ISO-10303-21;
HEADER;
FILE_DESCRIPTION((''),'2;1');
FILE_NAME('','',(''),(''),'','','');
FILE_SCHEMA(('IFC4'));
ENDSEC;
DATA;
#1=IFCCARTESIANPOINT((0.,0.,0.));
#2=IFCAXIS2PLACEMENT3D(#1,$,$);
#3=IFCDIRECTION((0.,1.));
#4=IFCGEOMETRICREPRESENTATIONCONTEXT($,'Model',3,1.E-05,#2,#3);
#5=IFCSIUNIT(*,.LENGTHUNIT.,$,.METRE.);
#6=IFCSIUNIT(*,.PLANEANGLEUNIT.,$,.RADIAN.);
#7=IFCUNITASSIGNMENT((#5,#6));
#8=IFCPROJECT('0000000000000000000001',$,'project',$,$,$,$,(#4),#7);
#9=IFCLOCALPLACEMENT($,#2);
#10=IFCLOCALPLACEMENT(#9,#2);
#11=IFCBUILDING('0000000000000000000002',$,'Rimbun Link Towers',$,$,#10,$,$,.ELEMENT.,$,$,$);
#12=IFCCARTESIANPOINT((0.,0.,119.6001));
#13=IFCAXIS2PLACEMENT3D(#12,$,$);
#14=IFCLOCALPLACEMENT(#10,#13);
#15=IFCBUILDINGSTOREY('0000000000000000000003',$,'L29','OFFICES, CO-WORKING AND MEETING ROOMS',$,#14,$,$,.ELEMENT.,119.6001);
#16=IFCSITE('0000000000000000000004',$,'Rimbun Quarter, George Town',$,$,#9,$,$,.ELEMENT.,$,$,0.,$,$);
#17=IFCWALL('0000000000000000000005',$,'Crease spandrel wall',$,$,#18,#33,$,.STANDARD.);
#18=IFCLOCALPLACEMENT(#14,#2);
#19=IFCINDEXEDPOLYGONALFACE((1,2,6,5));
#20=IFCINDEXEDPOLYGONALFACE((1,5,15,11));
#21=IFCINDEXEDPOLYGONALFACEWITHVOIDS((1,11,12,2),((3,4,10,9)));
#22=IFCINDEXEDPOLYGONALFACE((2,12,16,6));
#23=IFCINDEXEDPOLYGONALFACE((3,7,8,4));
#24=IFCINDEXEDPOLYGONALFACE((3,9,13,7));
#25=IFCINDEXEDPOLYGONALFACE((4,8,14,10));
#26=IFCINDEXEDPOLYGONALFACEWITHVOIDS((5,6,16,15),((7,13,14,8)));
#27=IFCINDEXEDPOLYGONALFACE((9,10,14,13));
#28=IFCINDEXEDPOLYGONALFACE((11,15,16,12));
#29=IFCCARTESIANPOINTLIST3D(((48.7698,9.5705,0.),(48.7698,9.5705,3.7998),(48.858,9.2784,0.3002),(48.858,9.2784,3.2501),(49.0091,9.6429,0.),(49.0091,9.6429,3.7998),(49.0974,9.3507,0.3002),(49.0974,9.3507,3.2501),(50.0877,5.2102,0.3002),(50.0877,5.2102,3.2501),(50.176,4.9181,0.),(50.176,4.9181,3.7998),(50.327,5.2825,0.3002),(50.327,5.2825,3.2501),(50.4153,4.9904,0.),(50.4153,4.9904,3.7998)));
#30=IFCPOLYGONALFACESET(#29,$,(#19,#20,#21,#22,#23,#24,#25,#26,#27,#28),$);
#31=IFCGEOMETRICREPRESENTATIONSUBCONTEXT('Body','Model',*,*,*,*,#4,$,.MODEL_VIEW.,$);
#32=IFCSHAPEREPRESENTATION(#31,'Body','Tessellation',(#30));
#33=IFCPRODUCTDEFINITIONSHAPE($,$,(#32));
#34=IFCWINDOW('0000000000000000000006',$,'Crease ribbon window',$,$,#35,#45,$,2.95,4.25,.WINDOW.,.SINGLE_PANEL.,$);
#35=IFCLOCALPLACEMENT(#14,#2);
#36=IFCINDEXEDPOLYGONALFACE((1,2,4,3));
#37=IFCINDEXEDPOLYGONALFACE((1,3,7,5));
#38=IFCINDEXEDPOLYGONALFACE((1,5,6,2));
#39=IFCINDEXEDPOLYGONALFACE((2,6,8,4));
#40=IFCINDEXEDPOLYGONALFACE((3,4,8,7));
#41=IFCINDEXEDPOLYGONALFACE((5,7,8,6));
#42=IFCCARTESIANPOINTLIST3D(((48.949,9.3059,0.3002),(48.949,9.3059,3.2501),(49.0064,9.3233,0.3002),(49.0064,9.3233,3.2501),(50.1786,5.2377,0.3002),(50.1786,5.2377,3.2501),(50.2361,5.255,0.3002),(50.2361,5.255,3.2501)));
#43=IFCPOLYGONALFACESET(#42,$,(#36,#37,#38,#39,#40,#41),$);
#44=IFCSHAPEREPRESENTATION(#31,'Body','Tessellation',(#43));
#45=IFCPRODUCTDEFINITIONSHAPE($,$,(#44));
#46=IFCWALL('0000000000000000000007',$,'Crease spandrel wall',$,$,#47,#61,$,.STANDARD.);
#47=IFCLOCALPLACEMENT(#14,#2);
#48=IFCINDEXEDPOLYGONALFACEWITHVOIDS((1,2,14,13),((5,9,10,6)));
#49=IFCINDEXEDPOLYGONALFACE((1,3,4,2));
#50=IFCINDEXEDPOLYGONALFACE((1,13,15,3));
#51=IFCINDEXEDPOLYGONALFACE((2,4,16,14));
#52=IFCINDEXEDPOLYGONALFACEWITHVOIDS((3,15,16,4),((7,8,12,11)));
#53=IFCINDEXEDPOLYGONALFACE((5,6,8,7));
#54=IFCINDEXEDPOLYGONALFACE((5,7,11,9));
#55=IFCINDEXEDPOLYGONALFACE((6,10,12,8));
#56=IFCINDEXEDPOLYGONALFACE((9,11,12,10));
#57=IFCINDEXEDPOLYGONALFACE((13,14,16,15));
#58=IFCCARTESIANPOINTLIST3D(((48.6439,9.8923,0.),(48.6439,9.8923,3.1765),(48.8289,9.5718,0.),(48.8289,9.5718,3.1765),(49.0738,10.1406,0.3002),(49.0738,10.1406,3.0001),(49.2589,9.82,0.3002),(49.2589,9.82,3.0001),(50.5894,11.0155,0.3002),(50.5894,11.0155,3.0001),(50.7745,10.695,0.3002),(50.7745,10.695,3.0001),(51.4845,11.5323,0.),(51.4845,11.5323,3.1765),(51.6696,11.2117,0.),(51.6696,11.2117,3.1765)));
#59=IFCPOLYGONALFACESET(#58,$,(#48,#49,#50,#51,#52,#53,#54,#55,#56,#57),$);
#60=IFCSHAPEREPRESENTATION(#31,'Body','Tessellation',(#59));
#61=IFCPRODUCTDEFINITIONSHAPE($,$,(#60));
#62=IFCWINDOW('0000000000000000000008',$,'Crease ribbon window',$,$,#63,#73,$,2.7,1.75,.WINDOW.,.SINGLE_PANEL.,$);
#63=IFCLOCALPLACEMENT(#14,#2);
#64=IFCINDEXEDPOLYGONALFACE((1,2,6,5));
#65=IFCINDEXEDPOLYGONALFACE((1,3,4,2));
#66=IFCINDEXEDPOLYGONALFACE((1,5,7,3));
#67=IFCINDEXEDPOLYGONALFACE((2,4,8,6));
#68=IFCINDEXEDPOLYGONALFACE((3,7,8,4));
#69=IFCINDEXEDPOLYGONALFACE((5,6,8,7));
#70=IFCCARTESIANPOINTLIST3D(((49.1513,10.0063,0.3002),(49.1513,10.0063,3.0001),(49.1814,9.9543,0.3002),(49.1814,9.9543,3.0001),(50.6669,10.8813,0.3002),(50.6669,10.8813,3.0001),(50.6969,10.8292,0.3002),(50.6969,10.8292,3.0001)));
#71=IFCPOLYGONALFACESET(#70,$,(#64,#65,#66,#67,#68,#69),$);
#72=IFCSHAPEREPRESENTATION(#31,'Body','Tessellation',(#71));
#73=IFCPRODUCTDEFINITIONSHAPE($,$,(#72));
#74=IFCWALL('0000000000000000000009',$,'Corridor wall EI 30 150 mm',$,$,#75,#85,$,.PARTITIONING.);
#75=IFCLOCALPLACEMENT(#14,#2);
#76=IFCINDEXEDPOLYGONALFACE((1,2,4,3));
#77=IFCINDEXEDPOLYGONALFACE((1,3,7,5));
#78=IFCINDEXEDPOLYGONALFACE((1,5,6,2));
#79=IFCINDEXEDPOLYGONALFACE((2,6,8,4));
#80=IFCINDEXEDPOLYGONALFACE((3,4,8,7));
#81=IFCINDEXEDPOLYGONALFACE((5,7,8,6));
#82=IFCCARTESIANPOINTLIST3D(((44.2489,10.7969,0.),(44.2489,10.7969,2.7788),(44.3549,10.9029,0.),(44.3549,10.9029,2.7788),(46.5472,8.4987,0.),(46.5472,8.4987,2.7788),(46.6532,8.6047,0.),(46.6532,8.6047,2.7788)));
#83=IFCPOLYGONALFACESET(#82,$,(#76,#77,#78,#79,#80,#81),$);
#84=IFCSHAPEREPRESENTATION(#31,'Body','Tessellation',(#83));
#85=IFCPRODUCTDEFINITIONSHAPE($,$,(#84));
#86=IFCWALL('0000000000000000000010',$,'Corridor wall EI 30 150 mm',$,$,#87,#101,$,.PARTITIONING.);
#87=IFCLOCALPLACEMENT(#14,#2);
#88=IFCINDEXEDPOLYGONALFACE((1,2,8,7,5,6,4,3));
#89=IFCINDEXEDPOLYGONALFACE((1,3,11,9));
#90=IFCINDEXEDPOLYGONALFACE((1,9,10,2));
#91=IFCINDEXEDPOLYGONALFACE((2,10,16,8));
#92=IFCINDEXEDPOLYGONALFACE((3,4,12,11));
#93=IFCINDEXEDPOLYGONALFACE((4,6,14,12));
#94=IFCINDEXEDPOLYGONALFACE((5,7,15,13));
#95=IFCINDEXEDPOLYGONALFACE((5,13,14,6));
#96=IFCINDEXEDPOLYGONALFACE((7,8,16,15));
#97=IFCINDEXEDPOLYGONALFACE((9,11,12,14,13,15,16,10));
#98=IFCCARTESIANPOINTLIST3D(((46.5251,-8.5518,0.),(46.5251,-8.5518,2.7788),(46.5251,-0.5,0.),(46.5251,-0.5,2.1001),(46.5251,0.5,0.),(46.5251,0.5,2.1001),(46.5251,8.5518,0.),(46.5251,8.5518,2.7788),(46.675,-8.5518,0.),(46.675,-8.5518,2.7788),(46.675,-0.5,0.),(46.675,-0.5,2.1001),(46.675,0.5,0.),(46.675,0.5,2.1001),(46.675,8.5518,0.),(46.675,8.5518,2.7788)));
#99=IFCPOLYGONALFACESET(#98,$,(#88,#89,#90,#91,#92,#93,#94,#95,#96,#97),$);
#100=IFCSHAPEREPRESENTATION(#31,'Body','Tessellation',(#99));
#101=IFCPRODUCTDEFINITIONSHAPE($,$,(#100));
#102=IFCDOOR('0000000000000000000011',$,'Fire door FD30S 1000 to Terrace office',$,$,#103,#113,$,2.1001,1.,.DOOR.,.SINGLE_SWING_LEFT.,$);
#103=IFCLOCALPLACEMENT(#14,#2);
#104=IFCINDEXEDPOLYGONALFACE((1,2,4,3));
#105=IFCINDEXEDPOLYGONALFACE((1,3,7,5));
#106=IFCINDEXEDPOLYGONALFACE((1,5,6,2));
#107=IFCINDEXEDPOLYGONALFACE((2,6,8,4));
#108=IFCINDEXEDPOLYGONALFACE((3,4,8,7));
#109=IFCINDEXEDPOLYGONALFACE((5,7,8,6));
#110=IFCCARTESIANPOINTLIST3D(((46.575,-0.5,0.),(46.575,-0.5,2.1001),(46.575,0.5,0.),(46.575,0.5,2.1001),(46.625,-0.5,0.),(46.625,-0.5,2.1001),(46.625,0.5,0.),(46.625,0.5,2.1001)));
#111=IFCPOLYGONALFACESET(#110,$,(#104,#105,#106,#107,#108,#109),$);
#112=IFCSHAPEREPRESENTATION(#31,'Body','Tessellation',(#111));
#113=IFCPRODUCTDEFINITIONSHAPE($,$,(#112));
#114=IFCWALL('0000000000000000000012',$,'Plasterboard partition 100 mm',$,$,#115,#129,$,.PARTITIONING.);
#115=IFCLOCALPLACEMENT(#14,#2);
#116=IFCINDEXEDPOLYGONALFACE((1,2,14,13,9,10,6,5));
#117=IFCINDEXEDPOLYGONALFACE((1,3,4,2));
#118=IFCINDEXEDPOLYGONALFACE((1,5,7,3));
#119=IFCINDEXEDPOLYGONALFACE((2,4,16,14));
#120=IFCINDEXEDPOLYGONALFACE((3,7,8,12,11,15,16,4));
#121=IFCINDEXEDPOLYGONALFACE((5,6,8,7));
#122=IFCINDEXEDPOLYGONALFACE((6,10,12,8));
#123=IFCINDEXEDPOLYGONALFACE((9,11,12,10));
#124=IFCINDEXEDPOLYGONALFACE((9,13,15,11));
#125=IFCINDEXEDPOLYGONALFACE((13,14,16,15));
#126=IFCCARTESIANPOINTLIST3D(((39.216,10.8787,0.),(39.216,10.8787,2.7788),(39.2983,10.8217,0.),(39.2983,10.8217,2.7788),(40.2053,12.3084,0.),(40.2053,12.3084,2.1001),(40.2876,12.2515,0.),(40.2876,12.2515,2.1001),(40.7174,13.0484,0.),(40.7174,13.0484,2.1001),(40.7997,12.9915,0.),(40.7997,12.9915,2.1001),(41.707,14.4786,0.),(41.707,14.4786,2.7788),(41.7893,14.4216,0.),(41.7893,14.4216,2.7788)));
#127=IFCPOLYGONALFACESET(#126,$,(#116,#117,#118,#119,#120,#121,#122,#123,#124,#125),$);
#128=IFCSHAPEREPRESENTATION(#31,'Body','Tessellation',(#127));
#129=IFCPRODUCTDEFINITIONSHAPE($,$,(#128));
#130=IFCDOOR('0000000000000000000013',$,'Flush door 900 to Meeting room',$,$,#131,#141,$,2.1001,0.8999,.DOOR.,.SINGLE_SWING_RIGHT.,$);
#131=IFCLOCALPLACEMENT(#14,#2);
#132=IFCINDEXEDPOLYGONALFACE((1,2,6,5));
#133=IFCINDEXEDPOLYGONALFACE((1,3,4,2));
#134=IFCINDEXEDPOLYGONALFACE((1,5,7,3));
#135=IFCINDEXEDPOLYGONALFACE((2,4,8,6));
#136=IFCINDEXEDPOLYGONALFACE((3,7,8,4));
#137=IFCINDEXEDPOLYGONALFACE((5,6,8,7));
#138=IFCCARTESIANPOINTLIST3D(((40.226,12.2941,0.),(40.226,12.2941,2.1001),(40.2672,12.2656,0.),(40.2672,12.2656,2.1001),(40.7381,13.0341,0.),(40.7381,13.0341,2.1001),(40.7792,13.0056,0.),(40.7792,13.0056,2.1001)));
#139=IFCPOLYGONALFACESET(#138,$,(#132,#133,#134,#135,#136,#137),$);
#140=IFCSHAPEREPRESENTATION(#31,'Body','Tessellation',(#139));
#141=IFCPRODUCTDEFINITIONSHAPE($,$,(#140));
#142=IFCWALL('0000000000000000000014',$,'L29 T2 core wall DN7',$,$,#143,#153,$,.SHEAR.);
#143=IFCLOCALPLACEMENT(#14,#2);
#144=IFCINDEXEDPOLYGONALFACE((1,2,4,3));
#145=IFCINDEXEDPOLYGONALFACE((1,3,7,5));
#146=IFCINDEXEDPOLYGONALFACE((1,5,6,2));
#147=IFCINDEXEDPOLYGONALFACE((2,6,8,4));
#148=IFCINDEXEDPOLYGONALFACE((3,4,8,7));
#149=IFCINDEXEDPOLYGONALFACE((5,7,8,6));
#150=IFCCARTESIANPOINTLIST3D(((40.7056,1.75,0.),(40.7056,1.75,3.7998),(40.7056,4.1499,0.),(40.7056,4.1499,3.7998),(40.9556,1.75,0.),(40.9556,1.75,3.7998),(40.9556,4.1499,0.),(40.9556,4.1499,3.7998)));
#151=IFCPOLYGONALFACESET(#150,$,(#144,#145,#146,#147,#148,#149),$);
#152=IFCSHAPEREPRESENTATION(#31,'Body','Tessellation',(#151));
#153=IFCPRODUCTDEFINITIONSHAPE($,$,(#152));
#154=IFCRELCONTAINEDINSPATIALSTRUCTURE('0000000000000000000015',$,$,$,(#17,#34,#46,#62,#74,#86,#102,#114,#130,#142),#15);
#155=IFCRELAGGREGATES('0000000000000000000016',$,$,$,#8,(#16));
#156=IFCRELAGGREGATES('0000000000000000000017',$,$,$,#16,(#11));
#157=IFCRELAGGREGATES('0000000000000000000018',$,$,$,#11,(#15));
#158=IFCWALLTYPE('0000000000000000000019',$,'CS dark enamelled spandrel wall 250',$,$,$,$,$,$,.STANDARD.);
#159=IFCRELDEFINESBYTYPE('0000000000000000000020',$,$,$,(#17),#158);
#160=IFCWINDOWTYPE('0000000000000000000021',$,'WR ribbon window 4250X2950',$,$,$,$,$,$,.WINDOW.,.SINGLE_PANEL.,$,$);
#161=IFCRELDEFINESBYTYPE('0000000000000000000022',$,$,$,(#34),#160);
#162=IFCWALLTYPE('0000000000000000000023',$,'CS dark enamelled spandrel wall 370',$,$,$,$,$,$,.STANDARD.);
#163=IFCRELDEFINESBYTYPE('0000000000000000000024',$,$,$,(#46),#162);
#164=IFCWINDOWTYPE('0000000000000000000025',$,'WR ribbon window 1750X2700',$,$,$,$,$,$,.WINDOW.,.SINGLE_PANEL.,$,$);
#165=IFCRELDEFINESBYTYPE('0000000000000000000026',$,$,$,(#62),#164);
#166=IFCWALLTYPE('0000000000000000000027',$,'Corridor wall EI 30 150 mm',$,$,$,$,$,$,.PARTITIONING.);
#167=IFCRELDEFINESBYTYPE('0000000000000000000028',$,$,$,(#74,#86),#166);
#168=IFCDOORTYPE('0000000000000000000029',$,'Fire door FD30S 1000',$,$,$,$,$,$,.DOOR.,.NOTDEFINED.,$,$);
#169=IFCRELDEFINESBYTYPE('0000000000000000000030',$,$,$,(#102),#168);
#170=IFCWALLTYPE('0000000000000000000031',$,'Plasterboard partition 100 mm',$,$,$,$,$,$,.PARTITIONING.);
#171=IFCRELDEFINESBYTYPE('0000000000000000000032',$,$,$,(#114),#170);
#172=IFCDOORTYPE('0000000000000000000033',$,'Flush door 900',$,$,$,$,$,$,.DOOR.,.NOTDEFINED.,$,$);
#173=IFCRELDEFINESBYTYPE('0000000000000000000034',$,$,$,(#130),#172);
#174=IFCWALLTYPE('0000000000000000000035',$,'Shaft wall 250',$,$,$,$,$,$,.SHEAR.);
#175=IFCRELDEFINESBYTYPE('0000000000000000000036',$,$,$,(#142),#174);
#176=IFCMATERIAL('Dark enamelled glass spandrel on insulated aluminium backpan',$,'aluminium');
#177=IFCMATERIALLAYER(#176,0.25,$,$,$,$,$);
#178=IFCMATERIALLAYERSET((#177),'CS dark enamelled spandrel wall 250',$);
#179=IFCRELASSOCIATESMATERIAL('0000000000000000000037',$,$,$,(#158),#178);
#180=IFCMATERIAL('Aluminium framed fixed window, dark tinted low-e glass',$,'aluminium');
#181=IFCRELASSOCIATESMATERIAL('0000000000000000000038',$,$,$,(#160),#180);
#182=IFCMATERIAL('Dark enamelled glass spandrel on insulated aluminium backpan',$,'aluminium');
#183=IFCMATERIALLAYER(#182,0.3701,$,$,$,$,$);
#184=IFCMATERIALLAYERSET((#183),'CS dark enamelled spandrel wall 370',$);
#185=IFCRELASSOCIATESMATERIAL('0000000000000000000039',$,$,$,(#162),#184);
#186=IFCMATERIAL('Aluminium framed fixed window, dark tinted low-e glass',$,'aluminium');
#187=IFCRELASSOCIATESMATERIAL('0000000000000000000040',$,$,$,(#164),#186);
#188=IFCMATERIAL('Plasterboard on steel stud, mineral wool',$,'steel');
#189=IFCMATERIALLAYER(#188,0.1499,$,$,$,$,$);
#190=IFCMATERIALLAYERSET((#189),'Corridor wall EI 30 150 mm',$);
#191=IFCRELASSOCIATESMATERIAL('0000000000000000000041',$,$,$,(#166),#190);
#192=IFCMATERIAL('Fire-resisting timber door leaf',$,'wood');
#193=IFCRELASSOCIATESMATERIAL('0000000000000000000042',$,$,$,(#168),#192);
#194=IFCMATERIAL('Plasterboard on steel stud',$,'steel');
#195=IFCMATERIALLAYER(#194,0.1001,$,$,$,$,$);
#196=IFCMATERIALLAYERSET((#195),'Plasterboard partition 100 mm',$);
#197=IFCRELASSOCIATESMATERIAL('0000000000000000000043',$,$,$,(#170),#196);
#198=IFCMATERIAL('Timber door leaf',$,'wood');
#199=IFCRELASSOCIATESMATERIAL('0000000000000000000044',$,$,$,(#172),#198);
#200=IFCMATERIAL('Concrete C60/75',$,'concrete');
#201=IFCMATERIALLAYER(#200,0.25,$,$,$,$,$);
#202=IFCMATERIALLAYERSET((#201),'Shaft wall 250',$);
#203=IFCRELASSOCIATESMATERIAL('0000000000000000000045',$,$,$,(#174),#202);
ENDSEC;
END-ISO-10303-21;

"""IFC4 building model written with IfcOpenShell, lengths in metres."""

from ifc_helpers import new_model, si_unit, direction, frame, frame_2d, origin, place, context, subcontext, project, spatial, rectangle, extrude, material, layer, layer_set, type_object, element, fill, save


model = new_model("IFC4")

# Units and contexts
model_context = context("Model", 3, precision=1e-05, world=origin(), true_north=direction((0.0, 1.0)))
body_context = subcontext(model_context, "Body", "Model", "MODEL_VIEW")
ifc_project = project(units=[si_unit("LENGTHUNIT", "METRE"), si_unit("PLANEANGLEUNIT", "RADIAN")], contexts=[model_context])

# Site, building, storey
site_placement = place(None, origin())
site = spatial("IfcSite", under=ifc_project, at=site_placement, Name="Rimbun Quarter, George Town", CompositionType="ELEMENT", RefElevation=0.0)
building_placement = place(site_placement, origin())
building = spatial("IfcBuilding", under=site, at=building_placement, Name="Rimbun Link Towers", CompositionType="ELEMENT")
storey_placement = place(building_placement, frame((0.0, 0.0, 119.6001)))
storey = spatial("IfcBuildingStorey", under=building, at=storey_placement, Name="L29", Description="OFFICES, CO-WORKING AND MEETING ROOMS", CompositionType="ELEMENT", Elevation=119.6001)

# Walls, openings, windows
ifc_material_1 = material(Name="Dark enamelled glass spandrel on insulated aluminium backpan", Category="aluminium")
ifc_layer_1 = layer(ifc_material_1, 0.25)
ifc_layer_set_1 = layer_set([ifc_layer_1], Name="CS dark enamelled spandrel wall 250")
wall_type_1 = type_object("IfcWallType", Name="CS dark enamelled spandrel wall 250", PredefinedType="STANDARD", material=ifc_layer_set_1)
ifc_material_2 = material(Name="Aluminium framed fixed window, dark tinted low-e glass", Category="aluminium")
window_type_1 = type_object("IfcWindowType", Name="WR ribbon window 4250X2950", PartitioningType="SINGLE_PANEL", PredefinedType="WINDOW", material=ifc_material_2)
wall_1_placement = place(storey_placement, frame((48.8894, 9.6067, 0.0), z_axis=(0.0, 0.0, 1.0), x_axis=(0.289338, -0.957227, 0.0)))
wall_1 = element("IfcWall", 1, at=wall_1_placement, inside=storey, type_object=wall_type_1, Name="Crease spandrel wall", PredefinedType="STANDARD", context=body_context, shape_type="SweptSolid", body=[
    extrude(rectangle(XDim=4.8604, YDim=0.25, at=frame_2d((2.4302, 0.0))), origin(), (0.0, 0.0, 1.0), 3.7998),
])
opening_1_placement = place(wall_1_placement, frame((0.3052, 0.0, 0.3)))
opening_1 = element("IfcOpeningElement", 2, at=opening_1_placement, cuts=wall_1, PredefinedType="OPENING", context=body_context, shape_type="SweptSolid", body=[
    extrude(rectangle(XDim=4.25, YDim=2.95, at=frame_2d((2.125, 1.4751))), frame((0.0, 0.135, 0.0), z_axis=(0.0, -1.0, 0.0), x_axis=(1.0, 0.0, 0.0)), (0.0, 0.0, 1.0), 0.27),
])
window_1_placement = place(opening_1_placement, origin())
window_1 = element("IfcWindow", 3, at=window_1_placement, inside=storey, type_object=window_type_1, Name="Crease ribbon window", OverallHeight=2.95, OverallWidth=4.25, PartitioningType="SINGLE_PANEL", PredefinedType="WINDOW", context=body_context, shape_type="SweptSolid", body=[
    extrude(rectangle(XDim=4.25, YDim=2.95, at=frame_2d((2.125, 1.4751))), frame((0.0, 0.03, 0.0), z_axis=(0.0, -1.0, 0.0), x_axis=(1.0, 0.0, 0.0)), (0.0, 0.0, 1.0), 0.0601),
])
fill(opening_1, window_1)
ifc_material_3 = material(Name="Dark enamelled glass spandrel on insulated aluminium backpan", Category="aluminium")
ifc_layer_2 = layer(ifc_material_3, 0.3701)
ifc_layer_set_2 = layer_set([ifc_layer_2], Name="CS dark enamelled spandrel wall 370")
wall_type_2 = type_object("IfcWallType", Name="CS dark enamelled spandrel wall 370", PredefinedType="STANDARD", material=ifc_layer_set_2)
wall_2_placement = place(storey_placement, frame((51.5771, 11.3721, 0.0), z_axis=(0.0, 0.0, 1.0), x_axis=(-0.866041, -0.499974, 0.0)))
wall_2 = element("IfcWall", 4, at=wall_2_placement, inside=storey, type_object=wall_type_2, Name="Crease spandrel wall", PredefinedType="STANDARD", context=body_context, shape_type="SweptSolid", body=[
    extrude(rectangle(XDim=3.28, YDim=0.3701, at=frame_2d((1.6401, 0.0))), origin(), (0.0, 0.0, 1.0), 3.1765),
])
opening_2_placement = place(wall_2_placement, frame((1.0337, 0.0, 0.3)))
opening_2 = element("IfcOpeningElement", 5, at=opening_2_placement, cuts=wall_2, PredefinedType="OPENING", context=body_context, shape_type="SweptSolid", body=[
    extrude(rectangle(XDim=1.75, YDim=2.7, at=frame_2d((0.875, 1.3501))), frame((0.0, 0.1951, 0.0), z_axis=(0.0, -1.0, 0.0), x_axis=(1.0, 0.0, 0.0)), (0.0, 0.0, 1.0), 0.3901),
])
ifc_material_4 = material(Name="Aluminium framed fixed window, dark tinted low-e glass", Category="aluminium")
window_type_2 = type_object("IfcWindowType", Name="WR ribbon window 1750X2700", PartitioningType="SINGLE_PANEL", PredefinedType="WINDOW", material=ifc_material_4)
window_2_placement = place(opening_2_placement, origin())
window_2 = element("IfcWindow", 6, at=window_2_placement, inside=storey, type_object=window_type_2, Name="Crease ribbon window", OverallHeight=2.7, OverallWidth=1.75, PartitioningType="SINGLE_PANEL", PredefinedType="WINDOW", context=body_context, shape_type="SweptSolid", body=[
    extrude(rectangle(XDim=1.75, YDim=2.7, at=frame_2d((0.875, 1.3501))), frame((0.0, 0.03, 0.0), z_axis=(0.0, -1.0, 0.0), x_axis=(1.0, 0.0, 0.0)), (0.0, 0.0, 1.0), 0.0601),
])
fill(opening_2, window_2)

# Wall
ifc_material_5 = material(Name="Plasterboard on steel stud, mineral wool", Category="steel")
ifc_layer_3 = layer(ifc_material_5, 0.1499)
ifc_layer_set_3 = layer_set([ifc_layer_3], Name="Corridor wall EI 30 150 mm")
wall_type_3 = type_object("IfcWallType", Name="Corridor wall EI 30 150 mm", PredefinedType="PARTITIONING", material=ifc_layer_set_3)
wall_3_placement = place(storey_placement, frame((46.6001, 8.5518, 0.0), z_axis=(0.0, 0.0, 1.0), x_axis=(-0.707107, 0.707107, 0.0)))
element("IfcWall", 7, at=wall_3_placement, inside=storey, type_object=wall_type_3, Name="Corridor wall EI 30 150 mm", PredefinedType="PARTITIONING", context=body_context, shape_type="SweptSolid", body=[
    extrude(rectangle(XDim=3.2502, YDim=0.1499, at=frame_2d((1.625, 0.0))), origin(), (0.0, 0.0, 1.0), 2.7788),
])

# Walls, openings, doors
wall_4_placement = place(storey_placement, frame((46.6001, 8.5518, 0.0), z_axis=(0.0, 0.0, 1.0), x_axis=(0.0, -1.0, 0.0)))
wall_4 = element("IfcWall", 8, at=wall_4_placement, inside=storey, type_object=wall_type_3, Name="Corridor wall EI 30 150 mm", PredefinedType="PARTITIONING", context=body_context, shape_type="SweptSolid", body=[
    extrude(rectangle(XDim=17.1035, YDim=0.1499, at=frame_2d((8.5518, 0.0))), origin(), (0.0, 0.0, 1.0), 2.7788),
])
opening_3_placement = place(wall_4_placement, frame((8.0518, 0.0, 0.0)))
opening_3 = element("IfcOpeningElement", 9, at=opening_3_placement, cuts=wall_4, PredefinedType="OPENING", context=body_context, shape_type="SweptSolid", body=[
    extrude(rectangle(XDim=1.0, YDim=2.1001, at=frame_2d((0.5, 1.05))), frame((0.0, 0.085, 0.0), z_axis=(0.0, -1.0, 0.0), x_axis=(1.0, 0.0, 0.0)), (0.0, 0.0, 1.0), 0.1699),
])
ifc_material_6 = material(Name="Fire-resisting timber door leaf", Category="wood")
door_type_1 = type_object("IfcDoorType", Name="Fire door FD30S 1000", OperationType="NOTDEFINED", PredefinedType="DOOR", material=ifc_material_6)
door_1_placement = place(opening_3_placement, origin())
door_1 = element("IfcDoor", 10, at=door_1_placement, inside=storey, type_object=door_type_1, Name="Fire door FD30S 1000 to Terrace office", OperationType="SINGLE_SWING_LEFT", OverallHeight=2.1001, OverallWidth=1.0, PredefinedType="DOOR", context=body_context, shape_type="SweptSolid", body=[
    extrude(rectangle(XDim=1.0, YDim=2.1001, at=frame_2d((0.5, 1.05))), frame((0.0, 0.0249, 0.0), z_axis=(0.0, -1.0, 0.0), x_axis=(1.0, 0.0, 0.0)), (0.0, 0.0, 1.0), 0.05),
])
fill(opening_3, door_1)
ifc_material_7 = material(Name="Plasterboard on steel stud", Category="steel")
ifc_layer_4 = layer(ifc_material_7, 0.1001)
ifc_layer_set_4 = layer_set([ifc_layer_4], Name="Plasterboard partition 100 mm")
wall_type_4 = type_object("IfcWallType", Name="Plasterboard partition 100 mm", PredefinedType="PARTITIONING", material=ifc_layer_set_4)
wall_5_placement = place(storey_placement, frame((39.2571, 10.8501, 0.0), z_axis=(0.0, 0.0, 1.0), x_axis=(0.569019, 0.822325, 0.0)))
wall_5 = element("IfcWall", 11, at=wall_5_placement, inside=storey, type_object=wall_type_4, Name="Plasterboard partition 100 mm", PredefinedType="PARTITIONING", context=body_context, shape_type="SweptSolid", body=[
    extrude(rectangle(XDim=4.3777, YDim=0.1001, at=frame_2d((2.189, 0.0))), origin(), (0.0, 0.0, 1.0), 2.7788),
])
opening_4_placement = place(wall_5_placement, frame((1.7388, 0.0, 0.0)))
opening_4 = element("IfcOpeningElement", 12, at=opening_4_placement, cuts=wall_5, PredefinedType="OPENING", context=body_context, shape_type="SweptSolid", body=[
    extrude(rectangle(XDim=0.8999, YDim=2.1001, at=frame_2d((0.45, 1.05))), frame((0.0, 0.0601, 0.0), z_axis=(0.0, -1.0, 0.0), x_axis=(1.0, 0.0, 0.0)), (0.0, 0.0, 1.0), 0.1201),
])
ifc_material_8 = material(Name="Timber door leaf", Category="wood")
door_type_2 = type_object("IfcDoorType", Name="Flush door 900", OperationType="NOTDEFINED", PredefinedType="DOOR", material=ifc_material_8)
door_2_placement = place(opening_4_placement, origin())
door_2 = element("IfcDoor", 13, at=door_2_placement, inside=storey, type_object=door_type_2, Name="Flush door 900 to Meeting room", OperationType="SINGLE_SWING_RIGHT", OverallHeight=2.1001, OverallWidth=0.8999, PredefinedType="DOOR", context=body_context, shape_type="SweptSolid", body=[
    extrude(rectangle(XDim=0.8999, YDim=2.1001, at=frame_2d((0.45, 1.05))), frame((0.0, 0.0249, 0.0), z_axis=(0.0, -1.0, 0.0), x_axis=(1.0, 0.0, 0.0)), (0.0, 0.0, 1.0), 0.05),
])
fill(opening_4, door_2)

# Wall
ifc_material_9 = material(Name="Concrete C60/75", Category="concrete")
ifc_layer_5 = layer(ifc_material_9, 0.25)
ifc_layer_set_5 = layer_set([ifc_layer_5], Name="Shaft wall 250")
wall_type_5 = type_object("IfcWallType", Name="Shaft wall 250", PredefinedType="SHEAR", material=ifc_layer_set_5)
wall_6_placement = place(storey_placement, frame((40.8306, 1.75, 0.0), z_axis=(0.0, 0.0, 1.0), x_axis=(0.0, 1.0, 0.0)))
element("IfcWall", 14, at=wall_6_placement, inside=storey, type_object=wall_type_5, Name="L29 T2 core wall DN7", PredefinedType="SHEAR", context=body_context, shape_type="SweptSolid", body=[
    extrude(rectangle(XDim=2.3999, YDim=0.25, at=frame_2d((1.2, 0.0))), origin(), (0.0, 0.0, 1.0), 3.7998),
])

save(model, "model.ifc")
